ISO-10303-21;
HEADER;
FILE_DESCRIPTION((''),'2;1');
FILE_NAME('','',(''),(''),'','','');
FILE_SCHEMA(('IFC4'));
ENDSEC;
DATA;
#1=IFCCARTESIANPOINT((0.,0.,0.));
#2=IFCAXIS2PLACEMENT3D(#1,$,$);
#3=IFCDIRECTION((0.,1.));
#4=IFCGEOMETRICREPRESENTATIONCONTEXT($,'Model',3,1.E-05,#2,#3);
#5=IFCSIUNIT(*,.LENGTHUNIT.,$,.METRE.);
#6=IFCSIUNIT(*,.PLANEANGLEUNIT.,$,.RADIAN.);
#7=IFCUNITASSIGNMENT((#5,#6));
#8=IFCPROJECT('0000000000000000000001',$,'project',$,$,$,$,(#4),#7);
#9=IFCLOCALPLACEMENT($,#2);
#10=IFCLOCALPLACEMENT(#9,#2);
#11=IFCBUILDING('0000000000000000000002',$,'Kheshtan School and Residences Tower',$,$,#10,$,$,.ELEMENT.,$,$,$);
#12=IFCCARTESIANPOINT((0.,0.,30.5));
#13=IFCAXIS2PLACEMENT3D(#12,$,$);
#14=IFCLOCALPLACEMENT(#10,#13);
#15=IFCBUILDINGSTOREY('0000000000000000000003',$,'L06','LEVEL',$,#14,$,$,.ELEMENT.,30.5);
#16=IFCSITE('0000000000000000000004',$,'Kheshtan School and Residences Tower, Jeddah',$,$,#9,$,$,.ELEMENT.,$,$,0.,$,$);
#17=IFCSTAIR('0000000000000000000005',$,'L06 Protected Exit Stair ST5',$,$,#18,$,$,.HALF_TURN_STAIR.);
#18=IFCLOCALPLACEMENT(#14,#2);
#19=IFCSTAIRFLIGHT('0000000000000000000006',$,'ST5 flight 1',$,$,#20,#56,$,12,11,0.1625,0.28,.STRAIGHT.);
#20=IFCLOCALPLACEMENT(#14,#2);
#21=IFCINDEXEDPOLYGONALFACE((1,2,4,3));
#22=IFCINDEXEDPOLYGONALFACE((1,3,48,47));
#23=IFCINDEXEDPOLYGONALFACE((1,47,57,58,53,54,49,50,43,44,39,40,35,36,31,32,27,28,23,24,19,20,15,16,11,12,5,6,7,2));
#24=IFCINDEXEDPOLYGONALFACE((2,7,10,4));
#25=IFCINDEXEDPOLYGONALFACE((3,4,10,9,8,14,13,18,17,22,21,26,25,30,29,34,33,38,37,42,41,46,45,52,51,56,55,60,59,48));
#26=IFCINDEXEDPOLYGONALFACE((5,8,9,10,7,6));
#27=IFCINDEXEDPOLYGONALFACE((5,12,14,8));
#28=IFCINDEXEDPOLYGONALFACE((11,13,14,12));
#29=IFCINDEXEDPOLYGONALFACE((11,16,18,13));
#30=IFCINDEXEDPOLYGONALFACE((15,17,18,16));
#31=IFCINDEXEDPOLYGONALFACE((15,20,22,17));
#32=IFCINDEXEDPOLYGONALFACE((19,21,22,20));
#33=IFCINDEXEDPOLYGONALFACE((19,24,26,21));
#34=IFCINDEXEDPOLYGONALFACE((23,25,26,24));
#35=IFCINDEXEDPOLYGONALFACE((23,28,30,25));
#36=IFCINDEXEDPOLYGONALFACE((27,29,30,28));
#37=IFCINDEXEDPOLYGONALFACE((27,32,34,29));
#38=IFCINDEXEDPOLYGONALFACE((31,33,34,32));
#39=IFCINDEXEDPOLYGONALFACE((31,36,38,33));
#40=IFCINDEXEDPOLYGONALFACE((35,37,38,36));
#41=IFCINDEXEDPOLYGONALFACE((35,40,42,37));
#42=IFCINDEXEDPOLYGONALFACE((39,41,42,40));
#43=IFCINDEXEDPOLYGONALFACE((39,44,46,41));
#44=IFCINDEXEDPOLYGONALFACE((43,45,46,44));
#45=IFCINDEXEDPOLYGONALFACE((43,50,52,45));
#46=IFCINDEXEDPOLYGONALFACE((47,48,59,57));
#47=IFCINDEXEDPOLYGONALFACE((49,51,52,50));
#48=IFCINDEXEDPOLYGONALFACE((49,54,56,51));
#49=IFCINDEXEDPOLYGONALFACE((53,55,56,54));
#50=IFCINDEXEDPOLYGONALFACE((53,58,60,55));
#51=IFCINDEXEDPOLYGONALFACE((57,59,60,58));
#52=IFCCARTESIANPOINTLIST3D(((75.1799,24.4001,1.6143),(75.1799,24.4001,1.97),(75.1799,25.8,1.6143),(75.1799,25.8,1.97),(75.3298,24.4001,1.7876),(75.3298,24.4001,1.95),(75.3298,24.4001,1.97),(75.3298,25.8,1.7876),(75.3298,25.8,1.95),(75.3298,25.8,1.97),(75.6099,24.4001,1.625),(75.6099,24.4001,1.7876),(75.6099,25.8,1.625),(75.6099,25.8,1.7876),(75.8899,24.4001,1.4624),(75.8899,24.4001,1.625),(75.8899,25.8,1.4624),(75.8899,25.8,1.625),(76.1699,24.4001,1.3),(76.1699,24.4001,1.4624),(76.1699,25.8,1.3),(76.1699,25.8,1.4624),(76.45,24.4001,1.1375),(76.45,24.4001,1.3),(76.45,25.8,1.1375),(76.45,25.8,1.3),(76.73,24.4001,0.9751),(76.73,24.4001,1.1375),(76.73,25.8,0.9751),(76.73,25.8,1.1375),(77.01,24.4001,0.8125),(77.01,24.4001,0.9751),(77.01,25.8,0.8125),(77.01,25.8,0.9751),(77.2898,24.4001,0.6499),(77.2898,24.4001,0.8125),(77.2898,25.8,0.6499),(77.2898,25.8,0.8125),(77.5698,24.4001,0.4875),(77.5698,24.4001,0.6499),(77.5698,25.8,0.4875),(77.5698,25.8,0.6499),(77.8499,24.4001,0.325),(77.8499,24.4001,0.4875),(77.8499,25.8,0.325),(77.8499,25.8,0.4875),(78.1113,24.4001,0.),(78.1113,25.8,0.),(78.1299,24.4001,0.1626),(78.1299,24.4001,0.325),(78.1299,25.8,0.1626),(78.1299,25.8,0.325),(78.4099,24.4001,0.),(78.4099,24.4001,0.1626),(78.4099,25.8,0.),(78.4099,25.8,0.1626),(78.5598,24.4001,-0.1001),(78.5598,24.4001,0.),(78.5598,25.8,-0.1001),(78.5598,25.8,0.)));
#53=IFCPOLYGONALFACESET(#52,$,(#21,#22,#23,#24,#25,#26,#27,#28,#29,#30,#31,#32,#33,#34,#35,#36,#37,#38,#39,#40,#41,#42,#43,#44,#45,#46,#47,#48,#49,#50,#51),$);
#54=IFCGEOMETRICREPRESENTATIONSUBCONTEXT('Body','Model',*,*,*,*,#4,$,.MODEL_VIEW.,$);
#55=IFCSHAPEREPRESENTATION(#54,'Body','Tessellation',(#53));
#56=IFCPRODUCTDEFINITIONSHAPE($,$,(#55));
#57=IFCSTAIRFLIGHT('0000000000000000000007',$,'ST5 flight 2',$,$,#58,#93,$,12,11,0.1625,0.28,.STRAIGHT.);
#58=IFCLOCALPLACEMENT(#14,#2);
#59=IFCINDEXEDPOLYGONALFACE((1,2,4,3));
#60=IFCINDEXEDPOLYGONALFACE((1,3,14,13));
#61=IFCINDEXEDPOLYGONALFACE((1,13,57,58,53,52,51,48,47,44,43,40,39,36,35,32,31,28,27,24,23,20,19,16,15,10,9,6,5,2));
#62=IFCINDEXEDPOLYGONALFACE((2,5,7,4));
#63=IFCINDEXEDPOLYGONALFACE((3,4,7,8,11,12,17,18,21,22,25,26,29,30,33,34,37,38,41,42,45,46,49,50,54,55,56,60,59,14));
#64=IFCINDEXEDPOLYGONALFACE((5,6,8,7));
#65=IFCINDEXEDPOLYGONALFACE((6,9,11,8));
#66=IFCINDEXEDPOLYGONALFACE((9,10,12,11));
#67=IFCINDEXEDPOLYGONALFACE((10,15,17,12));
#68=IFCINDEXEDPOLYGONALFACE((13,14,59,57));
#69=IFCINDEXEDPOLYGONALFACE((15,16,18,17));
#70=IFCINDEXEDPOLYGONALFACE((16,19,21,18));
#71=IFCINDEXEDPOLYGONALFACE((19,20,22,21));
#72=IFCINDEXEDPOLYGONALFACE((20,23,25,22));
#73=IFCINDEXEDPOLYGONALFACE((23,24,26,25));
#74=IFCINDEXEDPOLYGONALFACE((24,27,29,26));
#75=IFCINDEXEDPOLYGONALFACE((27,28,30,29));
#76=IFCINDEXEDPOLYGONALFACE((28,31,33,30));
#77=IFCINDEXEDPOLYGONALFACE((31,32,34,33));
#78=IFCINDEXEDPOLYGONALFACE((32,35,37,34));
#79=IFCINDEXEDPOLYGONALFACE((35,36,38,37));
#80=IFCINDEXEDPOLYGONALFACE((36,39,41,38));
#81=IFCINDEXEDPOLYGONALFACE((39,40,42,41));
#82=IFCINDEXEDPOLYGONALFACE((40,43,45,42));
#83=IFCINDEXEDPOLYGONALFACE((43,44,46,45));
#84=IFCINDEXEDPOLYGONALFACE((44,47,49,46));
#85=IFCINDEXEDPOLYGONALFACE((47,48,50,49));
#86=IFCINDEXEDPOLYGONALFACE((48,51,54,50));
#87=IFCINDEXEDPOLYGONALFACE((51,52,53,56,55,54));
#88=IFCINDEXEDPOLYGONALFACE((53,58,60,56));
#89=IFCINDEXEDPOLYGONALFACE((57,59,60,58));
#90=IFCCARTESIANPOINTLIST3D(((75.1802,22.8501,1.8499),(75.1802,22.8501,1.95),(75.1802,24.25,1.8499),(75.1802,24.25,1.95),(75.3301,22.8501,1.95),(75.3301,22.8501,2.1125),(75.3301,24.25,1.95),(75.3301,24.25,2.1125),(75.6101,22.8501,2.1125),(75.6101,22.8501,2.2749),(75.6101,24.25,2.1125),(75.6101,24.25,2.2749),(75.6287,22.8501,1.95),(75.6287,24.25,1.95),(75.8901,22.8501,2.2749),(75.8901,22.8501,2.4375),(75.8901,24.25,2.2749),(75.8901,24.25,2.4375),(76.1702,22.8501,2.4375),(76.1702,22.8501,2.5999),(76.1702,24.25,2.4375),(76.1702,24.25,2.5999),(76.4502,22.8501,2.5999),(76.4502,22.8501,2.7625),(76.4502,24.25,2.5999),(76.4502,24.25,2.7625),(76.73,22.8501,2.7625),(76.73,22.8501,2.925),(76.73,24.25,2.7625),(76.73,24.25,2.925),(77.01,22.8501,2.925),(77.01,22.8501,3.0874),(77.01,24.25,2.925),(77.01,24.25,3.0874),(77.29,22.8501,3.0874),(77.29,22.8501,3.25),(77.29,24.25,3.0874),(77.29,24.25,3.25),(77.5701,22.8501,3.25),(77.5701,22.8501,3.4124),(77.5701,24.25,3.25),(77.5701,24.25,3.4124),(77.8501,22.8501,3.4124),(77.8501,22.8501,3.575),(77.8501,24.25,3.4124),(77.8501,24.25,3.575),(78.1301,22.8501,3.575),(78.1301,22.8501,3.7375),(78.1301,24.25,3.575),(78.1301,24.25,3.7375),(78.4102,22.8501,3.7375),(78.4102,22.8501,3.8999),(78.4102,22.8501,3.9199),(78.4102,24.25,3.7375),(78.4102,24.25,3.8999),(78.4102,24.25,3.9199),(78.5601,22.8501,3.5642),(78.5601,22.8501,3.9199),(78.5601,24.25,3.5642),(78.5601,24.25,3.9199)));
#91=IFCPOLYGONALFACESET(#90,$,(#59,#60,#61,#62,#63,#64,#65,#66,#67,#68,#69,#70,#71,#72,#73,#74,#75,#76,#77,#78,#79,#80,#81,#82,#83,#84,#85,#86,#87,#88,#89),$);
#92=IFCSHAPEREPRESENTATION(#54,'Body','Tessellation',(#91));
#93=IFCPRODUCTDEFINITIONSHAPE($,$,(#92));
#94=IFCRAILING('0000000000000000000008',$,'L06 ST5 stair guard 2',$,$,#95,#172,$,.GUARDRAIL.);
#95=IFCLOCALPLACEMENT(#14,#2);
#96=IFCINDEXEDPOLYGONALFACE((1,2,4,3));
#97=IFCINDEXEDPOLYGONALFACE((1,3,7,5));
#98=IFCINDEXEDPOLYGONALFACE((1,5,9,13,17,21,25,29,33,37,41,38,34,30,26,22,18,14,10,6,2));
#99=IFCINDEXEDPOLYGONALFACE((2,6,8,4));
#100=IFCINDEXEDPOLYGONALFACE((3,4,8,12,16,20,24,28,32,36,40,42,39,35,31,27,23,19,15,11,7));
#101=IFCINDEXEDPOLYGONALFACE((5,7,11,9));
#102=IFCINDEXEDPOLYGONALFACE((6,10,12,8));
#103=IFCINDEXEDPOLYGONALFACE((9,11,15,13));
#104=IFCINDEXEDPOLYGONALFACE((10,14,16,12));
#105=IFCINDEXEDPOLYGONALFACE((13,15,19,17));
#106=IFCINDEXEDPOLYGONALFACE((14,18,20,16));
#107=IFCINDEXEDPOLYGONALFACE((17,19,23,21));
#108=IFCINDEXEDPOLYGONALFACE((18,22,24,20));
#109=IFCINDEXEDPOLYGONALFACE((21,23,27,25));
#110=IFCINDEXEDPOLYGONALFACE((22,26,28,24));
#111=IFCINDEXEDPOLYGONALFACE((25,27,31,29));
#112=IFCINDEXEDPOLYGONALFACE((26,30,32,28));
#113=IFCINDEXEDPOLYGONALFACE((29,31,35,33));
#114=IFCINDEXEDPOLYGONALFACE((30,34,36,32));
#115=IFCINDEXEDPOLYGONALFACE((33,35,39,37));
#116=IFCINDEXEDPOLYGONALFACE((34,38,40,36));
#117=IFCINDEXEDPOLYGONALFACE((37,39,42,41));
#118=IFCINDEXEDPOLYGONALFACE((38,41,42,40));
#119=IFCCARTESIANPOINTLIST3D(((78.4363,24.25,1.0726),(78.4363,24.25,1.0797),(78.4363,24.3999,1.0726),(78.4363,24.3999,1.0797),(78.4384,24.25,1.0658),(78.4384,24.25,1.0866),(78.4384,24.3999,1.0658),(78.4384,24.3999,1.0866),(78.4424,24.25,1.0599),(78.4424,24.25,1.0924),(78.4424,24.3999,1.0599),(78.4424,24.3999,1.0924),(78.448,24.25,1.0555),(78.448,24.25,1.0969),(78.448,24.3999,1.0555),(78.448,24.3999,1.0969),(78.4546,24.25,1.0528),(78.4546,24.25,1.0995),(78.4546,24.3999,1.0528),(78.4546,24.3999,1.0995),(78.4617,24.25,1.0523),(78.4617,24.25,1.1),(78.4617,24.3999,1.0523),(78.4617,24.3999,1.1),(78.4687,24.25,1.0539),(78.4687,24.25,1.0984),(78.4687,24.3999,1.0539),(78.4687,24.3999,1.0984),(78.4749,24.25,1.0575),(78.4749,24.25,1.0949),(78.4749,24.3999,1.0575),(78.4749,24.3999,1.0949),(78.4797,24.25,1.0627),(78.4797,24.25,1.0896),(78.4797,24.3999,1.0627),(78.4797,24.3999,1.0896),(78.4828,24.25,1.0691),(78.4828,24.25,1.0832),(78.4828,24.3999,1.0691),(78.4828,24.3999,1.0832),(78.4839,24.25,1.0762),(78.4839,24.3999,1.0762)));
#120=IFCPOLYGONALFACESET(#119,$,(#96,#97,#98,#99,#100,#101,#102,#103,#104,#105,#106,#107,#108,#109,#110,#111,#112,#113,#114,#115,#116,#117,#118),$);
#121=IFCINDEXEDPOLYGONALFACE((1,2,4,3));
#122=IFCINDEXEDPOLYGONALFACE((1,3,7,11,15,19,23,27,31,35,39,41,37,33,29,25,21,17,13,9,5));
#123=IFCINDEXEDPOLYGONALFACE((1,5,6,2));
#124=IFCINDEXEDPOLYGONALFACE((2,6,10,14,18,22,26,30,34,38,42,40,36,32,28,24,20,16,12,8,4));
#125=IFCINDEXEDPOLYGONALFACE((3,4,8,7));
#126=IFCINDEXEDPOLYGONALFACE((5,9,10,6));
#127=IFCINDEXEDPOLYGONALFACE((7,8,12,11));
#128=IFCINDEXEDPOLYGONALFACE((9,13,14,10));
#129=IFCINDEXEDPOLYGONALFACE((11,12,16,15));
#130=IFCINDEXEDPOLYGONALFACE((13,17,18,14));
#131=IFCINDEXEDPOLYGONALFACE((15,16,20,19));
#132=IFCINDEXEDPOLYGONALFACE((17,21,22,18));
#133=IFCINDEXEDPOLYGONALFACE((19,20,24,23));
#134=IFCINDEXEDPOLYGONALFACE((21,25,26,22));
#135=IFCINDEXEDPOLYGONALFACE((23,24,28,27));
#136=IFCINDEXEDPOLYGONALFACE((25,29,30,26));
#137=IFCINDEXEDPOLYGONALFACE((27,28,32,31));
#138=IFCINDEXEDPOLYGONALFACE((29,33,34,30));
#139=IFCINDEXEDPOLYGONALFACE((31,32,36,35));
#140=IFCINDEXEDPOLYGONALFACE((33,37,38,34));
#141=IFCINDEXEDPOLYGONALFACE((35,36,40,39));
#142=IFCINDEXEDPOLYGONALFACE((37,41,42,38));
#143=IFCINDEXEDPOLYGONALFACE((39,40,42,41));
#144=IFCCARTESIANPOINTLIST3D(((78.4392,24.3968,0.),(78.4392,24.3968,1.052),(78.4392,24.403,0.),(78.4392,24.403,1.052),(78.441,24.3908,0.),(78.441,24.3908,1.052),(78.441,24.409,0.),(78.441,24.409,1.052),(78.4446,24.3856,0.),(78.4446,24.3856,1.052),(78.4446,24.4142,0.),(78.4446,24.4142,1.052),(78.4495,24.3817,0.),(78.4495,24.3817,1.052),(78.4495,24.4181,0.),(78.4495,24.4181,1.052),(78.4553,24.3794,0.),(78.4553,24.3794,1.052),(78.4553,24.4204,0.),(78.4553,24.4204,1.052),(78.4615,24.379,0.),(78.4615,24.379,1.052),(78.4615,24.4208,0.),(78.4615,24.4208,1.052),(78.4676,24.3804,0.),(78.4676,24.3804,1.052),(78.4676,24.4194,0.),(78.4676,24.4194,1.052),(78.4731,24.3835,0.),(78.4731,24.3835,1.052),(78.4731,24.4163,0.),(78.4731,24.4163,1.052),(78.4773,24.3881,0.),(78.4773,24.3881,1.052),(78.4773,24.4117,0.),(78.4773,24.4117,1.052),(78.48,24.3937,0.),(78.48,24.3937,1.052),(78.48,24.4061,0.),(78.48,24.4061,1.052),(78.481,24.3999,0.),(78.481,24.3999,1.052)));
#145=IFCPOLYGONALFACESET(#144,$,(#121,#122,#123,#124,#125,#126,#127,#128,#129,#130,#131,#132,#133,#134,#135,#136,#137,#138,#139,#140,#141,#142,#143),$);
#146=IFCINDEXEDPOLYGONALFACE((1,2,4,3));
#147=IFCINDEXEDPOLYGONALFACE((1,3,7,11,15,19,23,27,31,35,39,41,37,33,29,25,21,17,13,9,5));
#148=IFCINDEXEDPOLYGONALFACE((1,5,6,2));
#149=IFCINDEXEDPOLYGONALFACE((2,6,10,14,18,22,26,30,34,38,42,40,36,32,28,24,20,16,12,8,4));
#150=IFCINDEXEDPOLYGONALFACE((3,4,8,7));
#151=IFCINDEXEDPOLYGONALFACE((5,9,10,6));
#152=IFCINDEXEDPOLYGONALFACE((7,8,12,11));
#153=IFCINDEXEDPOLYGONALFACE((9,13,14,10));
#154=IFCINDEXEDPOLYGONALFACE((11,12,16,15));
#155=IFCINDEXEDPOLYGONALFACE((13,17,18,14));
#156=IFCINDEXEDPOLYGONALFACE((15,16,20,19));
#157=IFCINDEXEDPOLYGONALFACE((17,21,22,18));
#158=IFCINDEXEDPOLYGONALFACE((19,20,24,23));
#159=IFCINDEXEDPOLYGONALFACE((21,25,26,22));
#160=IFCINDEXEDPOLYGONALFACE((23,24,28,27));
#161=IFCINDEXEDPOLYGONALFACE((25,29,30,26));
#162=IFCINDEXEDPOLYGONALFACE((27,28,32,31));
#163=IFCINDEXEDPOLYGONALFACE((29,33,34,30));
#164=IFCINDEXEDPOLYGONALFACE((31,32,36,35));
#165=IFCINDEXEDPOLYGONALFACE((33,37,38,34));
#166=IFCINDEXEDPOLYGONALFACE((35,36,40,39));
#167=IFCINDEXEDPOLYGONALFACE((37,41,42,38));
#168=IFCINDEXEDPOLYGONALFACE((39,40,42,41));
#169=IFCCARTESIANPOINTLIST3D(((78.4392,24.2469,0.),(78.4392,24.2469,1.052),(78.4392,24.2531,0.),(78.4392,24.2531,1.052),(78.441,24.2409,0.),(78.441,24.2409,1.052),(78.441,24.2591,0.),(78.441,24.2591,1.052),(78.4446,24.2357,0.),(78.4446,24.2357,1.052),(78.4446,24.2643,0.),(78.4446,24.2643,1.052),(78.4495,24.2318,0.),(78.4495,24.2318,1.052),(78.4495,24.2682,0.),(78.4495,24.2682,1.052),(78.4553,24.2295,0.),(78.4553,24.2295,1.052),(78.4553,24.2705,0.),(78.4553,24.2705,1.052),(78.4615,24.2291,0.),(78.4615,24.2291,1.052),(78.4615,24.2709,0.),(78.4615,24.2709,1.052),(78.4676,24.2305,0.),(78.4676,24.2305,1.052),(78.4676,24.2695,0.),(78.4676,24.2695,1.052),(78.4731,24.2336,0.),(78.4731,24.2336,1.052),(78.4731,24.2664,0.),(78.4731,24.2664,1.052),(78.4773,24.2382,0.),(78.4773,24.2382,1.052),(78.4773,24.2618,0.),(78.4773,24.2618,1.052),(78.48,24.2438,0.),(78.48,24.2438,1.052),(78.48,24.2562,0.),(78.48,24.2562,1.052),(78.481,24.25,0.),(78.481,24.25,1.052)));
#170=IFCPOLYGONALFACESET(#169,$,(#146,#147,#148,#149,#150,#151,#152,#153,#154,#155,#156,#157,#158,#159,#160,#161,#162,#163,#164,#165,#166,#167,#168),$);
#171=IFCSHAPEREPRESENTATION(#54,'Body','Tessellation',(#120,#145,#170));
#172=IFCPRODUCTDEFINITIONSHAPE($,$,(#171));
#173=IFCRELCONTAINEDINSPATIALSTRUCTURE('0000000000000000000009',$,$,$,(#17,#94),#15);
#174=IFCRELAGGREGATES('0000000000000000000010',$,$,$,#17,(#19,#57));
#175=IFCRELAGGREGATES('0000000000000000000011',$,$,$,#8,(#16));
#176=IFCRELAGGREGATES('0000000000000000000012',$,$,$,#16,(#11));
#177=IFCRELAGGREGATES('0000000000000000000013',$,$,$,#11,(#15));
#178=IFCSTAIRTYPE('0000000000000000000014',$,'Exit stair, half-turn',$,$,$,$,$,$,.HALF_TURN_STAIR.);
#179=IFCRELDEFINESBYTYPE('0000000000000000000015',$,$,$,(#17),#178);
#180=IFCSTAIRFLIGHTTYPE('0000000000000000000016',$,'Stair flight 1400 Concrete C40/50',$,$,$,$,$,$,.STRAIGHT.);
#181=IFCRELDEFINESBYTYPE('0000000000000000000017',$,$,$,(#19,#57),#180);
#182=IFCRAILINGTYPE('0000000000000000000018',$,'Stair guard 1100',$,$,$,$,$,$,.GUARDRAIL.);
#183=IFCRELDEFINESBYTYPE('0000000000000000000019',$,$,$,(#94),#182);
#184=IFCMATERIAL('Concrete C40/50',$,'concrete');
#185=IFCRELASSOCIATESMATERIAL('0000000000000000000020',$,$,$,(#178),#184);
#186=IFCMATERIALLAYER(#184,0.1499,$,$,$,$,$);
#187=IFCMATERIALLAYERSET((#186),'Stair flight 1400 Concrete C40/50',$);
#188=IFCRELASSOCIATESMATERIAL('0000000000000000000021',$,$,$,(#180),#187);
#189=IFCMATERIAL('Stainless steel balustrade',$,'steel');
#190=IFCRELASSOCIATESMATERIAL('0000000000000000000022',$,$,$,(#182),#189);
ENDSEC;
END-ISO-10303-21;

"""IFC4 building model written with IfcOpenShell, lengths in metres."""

from ifc_helpers import new_model, si_unit, direction, frame, origin, origin_2d, place, context, subcontext, project, spatial, polyline, circle, outline, extrude, material, layer, layer_set, type_object, element, aggregate, save


model = new_model("IFC4")

# Units and contexts
model_context = context("Model", 3, precision=1e-05, world=origin(), true_north=direction((0.0, 1.0)))
body_context = subcontext(model_context, "Body", "Model", "MODEL_VIEW")
ifc_project = project(units=[si_unit("LENGTHUNIT", "METRE"), si_unit("PLANEANGLEUNIT", "RADIAN")], contexts=[model_context])

# Site, building, storey
site_placement = place(None, origin())
site = spatial("IfcSite", under=ifc_project, at=site_placement, Name="Kheshtan School and Residences Tower, Jeddah", CompositionType="ELEMENT", RefElevation=0.0)
building_placement = place(site_placement, origin())
building = spatial("IfcBuilding", under=site, at=building_placement, Name="Kheshtan School and Residences Tower", CompositionType="ELEMENT")
storey_placement = place(building_placement, frame((0.0, 0.0, 30.5)))
storey = spatial("IfcBuildingStorey", under=building, at=storey_placement, Name="L06", Description="LEVEL", CompositionType="ELEMENT", Elevation=30.5)

# Shared definitions
ifc_material_1 = material(Name="Concrete C40/50", Category="concrete")

# Stair, stair flights
stair_type = type_object("IfcStairType", Name="Exit stair, half-turn", PredefinedType="HALF_TURN_STAIR", material=ifc_material_1)
stair_placement = place(storey_placement, origin())
stair = element("IfcStair", 1, at=stair_placement, inside=storey, type_object=stair_type, Name="L06 Protected Exit Stair ST5", PredefinedType="HALF_TURN_STAIR")
ifc_layer_1 = layer(ifc_material_1, 0.1499)
ifc_layer_set_1 = layer_set([ifc_layer_1], Name="Stair flight 1400 Concrete C40/50")
stair_flight_type = type_object("IfcStairFlightType", Name="Stair flight 1400 Concrete C40/50", PredefinedType="STRAIGHT", material=ifc_layer_set_1)
stair_flight_1_placement = place(storey_placement, frame((78.4099, 25.1001, 0.0), z_axis=(0.0, 0.0, 1.0), x_axis=(-1.0, 0.0, 0.0)))
stair_flight_1 = element("IfcStairFlight", 2, at=stair_flight_1_placement, type_object=stair_flight_type, Name="ST5 flight 1", NumberOfRisers=12, NumberOfTreads=11, PredefinedType="STRAIGHT", RiserHeight=0.1625, TreadLength=0.28, context=body_context, shape_type="SweptSolid", body=[
    extrude(outline(polyline([(-0.1499, -0.1001), (-0.1499, 0.0), (0.0, 0.0), (0.0, 0.1626), (0.28, 0.1626), (0.28, 0.325), (0.5601, 0.325), (0.5601, 0.4875), (0.8401, 0.4875), (0.8401, 0.6499), (1.1201, 0.6499), (1.1201, 0.8125), (1.3999, 0.8125), (1.3999, 0.9751), (1.6799, 0.9751), (1.6799, 1.1375), (1.96, 1.1375), (1.96, 1.3), (2.24, 1.3), (2.24, 1.4624), (2.52, 1.4624), (2.52, 1.625), (2.8, 1.625), (2.8, 1.7876), (3.0801, 1.7876), (3.0801, 1.95), (3.0801, 1.97), (3.23, 1.97), (3.23, 1.6143), (0.2986, 0.0), (-0.1499, -0.1001)])), frame((0.0, 0.7, 0.0), z_axis=(0.0, -1.0, 0.0), x_axis=(1.0, 0.0, 0.0)), (0.0, 0.0, 1.0), 1.3999),
])
stair_flight_2_placement = place(storey_placement, frame((75.3301, 23.55, 1.95), z_axis=(0.0, 0.0, 1.0), x_axis=(1.0, 0.0, 0.0)))
stair_flight_2 = element("IfcStairFlight", 3, at=stair_flight_2_placement, type_object=stair_flight_type, Name="ST5 flight 2", NumberOfRisers=12, NumberOfTreads=11, PredefinedType="STRAIGHT", RiserHeight=0.1625, TreadLength=0.28, context=body_context, shape_type="SweptSolid", body=[
    extrude(outline(polyline([(-0.1499, -0.1001), (-0.1499, 0.0), (0.0, 0.0), (0.0, 0.1626), (0.28, 0.1626), (0.28, 0.325), (0.5601, 0.325), (0.5601, 0.4875), (0.8401, 0.4875), (0.8401, 0.6499), (1.1201, 0.6499), (1.1201, 0.8125), (1.3999, 0.8125), (1.3999, 0.9751), (1.6799, 0.9751), (1.6799, 1.1375), (1.96, 1.1375), (1.96, 1.3), (2.24, 1.3), (2.24, 1.4624), (2.52, 1.4624), (2.52, 1.625), (2.8, 1.625), (2.8, 1.7876), (3.0801, 1.7876), (3.0801, 1.95), (3.0801, 1.97), (3.23, 1.97), (3.23, 1.6143), (0.2986, 0.0), (-0.1499, -0.1001)])), frame((0.0, 0.7, 0.0), z_axis=(0.0, -1.0, 0.0), x_axis=(1.0, 0.0, 0.0)), (0.0, 0.0, 1.0), 1.3999),
])
aggregate(stair, [stair_flight_1, stair_flight_2])

# Railing
ifc_material_2 = material(Name="Stainless steel balustrade", Category="steel")
railing_type_1 = type_object("IfcRailingType", Name="Stair guard 1100", PredefinedType="GUARDRAIL", material=ifc_material_2)
railing_1_placement = place(storey_placement, frame((78.46, 24.3999, 0.0)))
element("IfcRailing", 4, at=railing_1_placement, inside=storey, type_object=railing_type_1, Name="L06 ST5 stair guard 2", PredefinedType="GUARDRAIL", context=body_context, shape_type="SweptSolid", body=[
    extrude(circle(Radius=0.0239, at=origin_2d()), frame((0.0, 0.0, 1.0762), z_axis=(0.0, -1.0, 0.0), x_axis=(1.0, 0.0, 0.0)), (0.0, 0.0, 1.0), 0.1499),
    extrude(circle(Radius=0.021, at=origin_2d()), origin(), (0.0, 0.0, 1.0), 1.052),
    extrude(circle(Radius=0.021, at=origin_2d()), frame((0.0, -0.1499, 0.0)), (0.0, 0.0, 1.0), 1.052),
])

save(model, "model.ifc")
